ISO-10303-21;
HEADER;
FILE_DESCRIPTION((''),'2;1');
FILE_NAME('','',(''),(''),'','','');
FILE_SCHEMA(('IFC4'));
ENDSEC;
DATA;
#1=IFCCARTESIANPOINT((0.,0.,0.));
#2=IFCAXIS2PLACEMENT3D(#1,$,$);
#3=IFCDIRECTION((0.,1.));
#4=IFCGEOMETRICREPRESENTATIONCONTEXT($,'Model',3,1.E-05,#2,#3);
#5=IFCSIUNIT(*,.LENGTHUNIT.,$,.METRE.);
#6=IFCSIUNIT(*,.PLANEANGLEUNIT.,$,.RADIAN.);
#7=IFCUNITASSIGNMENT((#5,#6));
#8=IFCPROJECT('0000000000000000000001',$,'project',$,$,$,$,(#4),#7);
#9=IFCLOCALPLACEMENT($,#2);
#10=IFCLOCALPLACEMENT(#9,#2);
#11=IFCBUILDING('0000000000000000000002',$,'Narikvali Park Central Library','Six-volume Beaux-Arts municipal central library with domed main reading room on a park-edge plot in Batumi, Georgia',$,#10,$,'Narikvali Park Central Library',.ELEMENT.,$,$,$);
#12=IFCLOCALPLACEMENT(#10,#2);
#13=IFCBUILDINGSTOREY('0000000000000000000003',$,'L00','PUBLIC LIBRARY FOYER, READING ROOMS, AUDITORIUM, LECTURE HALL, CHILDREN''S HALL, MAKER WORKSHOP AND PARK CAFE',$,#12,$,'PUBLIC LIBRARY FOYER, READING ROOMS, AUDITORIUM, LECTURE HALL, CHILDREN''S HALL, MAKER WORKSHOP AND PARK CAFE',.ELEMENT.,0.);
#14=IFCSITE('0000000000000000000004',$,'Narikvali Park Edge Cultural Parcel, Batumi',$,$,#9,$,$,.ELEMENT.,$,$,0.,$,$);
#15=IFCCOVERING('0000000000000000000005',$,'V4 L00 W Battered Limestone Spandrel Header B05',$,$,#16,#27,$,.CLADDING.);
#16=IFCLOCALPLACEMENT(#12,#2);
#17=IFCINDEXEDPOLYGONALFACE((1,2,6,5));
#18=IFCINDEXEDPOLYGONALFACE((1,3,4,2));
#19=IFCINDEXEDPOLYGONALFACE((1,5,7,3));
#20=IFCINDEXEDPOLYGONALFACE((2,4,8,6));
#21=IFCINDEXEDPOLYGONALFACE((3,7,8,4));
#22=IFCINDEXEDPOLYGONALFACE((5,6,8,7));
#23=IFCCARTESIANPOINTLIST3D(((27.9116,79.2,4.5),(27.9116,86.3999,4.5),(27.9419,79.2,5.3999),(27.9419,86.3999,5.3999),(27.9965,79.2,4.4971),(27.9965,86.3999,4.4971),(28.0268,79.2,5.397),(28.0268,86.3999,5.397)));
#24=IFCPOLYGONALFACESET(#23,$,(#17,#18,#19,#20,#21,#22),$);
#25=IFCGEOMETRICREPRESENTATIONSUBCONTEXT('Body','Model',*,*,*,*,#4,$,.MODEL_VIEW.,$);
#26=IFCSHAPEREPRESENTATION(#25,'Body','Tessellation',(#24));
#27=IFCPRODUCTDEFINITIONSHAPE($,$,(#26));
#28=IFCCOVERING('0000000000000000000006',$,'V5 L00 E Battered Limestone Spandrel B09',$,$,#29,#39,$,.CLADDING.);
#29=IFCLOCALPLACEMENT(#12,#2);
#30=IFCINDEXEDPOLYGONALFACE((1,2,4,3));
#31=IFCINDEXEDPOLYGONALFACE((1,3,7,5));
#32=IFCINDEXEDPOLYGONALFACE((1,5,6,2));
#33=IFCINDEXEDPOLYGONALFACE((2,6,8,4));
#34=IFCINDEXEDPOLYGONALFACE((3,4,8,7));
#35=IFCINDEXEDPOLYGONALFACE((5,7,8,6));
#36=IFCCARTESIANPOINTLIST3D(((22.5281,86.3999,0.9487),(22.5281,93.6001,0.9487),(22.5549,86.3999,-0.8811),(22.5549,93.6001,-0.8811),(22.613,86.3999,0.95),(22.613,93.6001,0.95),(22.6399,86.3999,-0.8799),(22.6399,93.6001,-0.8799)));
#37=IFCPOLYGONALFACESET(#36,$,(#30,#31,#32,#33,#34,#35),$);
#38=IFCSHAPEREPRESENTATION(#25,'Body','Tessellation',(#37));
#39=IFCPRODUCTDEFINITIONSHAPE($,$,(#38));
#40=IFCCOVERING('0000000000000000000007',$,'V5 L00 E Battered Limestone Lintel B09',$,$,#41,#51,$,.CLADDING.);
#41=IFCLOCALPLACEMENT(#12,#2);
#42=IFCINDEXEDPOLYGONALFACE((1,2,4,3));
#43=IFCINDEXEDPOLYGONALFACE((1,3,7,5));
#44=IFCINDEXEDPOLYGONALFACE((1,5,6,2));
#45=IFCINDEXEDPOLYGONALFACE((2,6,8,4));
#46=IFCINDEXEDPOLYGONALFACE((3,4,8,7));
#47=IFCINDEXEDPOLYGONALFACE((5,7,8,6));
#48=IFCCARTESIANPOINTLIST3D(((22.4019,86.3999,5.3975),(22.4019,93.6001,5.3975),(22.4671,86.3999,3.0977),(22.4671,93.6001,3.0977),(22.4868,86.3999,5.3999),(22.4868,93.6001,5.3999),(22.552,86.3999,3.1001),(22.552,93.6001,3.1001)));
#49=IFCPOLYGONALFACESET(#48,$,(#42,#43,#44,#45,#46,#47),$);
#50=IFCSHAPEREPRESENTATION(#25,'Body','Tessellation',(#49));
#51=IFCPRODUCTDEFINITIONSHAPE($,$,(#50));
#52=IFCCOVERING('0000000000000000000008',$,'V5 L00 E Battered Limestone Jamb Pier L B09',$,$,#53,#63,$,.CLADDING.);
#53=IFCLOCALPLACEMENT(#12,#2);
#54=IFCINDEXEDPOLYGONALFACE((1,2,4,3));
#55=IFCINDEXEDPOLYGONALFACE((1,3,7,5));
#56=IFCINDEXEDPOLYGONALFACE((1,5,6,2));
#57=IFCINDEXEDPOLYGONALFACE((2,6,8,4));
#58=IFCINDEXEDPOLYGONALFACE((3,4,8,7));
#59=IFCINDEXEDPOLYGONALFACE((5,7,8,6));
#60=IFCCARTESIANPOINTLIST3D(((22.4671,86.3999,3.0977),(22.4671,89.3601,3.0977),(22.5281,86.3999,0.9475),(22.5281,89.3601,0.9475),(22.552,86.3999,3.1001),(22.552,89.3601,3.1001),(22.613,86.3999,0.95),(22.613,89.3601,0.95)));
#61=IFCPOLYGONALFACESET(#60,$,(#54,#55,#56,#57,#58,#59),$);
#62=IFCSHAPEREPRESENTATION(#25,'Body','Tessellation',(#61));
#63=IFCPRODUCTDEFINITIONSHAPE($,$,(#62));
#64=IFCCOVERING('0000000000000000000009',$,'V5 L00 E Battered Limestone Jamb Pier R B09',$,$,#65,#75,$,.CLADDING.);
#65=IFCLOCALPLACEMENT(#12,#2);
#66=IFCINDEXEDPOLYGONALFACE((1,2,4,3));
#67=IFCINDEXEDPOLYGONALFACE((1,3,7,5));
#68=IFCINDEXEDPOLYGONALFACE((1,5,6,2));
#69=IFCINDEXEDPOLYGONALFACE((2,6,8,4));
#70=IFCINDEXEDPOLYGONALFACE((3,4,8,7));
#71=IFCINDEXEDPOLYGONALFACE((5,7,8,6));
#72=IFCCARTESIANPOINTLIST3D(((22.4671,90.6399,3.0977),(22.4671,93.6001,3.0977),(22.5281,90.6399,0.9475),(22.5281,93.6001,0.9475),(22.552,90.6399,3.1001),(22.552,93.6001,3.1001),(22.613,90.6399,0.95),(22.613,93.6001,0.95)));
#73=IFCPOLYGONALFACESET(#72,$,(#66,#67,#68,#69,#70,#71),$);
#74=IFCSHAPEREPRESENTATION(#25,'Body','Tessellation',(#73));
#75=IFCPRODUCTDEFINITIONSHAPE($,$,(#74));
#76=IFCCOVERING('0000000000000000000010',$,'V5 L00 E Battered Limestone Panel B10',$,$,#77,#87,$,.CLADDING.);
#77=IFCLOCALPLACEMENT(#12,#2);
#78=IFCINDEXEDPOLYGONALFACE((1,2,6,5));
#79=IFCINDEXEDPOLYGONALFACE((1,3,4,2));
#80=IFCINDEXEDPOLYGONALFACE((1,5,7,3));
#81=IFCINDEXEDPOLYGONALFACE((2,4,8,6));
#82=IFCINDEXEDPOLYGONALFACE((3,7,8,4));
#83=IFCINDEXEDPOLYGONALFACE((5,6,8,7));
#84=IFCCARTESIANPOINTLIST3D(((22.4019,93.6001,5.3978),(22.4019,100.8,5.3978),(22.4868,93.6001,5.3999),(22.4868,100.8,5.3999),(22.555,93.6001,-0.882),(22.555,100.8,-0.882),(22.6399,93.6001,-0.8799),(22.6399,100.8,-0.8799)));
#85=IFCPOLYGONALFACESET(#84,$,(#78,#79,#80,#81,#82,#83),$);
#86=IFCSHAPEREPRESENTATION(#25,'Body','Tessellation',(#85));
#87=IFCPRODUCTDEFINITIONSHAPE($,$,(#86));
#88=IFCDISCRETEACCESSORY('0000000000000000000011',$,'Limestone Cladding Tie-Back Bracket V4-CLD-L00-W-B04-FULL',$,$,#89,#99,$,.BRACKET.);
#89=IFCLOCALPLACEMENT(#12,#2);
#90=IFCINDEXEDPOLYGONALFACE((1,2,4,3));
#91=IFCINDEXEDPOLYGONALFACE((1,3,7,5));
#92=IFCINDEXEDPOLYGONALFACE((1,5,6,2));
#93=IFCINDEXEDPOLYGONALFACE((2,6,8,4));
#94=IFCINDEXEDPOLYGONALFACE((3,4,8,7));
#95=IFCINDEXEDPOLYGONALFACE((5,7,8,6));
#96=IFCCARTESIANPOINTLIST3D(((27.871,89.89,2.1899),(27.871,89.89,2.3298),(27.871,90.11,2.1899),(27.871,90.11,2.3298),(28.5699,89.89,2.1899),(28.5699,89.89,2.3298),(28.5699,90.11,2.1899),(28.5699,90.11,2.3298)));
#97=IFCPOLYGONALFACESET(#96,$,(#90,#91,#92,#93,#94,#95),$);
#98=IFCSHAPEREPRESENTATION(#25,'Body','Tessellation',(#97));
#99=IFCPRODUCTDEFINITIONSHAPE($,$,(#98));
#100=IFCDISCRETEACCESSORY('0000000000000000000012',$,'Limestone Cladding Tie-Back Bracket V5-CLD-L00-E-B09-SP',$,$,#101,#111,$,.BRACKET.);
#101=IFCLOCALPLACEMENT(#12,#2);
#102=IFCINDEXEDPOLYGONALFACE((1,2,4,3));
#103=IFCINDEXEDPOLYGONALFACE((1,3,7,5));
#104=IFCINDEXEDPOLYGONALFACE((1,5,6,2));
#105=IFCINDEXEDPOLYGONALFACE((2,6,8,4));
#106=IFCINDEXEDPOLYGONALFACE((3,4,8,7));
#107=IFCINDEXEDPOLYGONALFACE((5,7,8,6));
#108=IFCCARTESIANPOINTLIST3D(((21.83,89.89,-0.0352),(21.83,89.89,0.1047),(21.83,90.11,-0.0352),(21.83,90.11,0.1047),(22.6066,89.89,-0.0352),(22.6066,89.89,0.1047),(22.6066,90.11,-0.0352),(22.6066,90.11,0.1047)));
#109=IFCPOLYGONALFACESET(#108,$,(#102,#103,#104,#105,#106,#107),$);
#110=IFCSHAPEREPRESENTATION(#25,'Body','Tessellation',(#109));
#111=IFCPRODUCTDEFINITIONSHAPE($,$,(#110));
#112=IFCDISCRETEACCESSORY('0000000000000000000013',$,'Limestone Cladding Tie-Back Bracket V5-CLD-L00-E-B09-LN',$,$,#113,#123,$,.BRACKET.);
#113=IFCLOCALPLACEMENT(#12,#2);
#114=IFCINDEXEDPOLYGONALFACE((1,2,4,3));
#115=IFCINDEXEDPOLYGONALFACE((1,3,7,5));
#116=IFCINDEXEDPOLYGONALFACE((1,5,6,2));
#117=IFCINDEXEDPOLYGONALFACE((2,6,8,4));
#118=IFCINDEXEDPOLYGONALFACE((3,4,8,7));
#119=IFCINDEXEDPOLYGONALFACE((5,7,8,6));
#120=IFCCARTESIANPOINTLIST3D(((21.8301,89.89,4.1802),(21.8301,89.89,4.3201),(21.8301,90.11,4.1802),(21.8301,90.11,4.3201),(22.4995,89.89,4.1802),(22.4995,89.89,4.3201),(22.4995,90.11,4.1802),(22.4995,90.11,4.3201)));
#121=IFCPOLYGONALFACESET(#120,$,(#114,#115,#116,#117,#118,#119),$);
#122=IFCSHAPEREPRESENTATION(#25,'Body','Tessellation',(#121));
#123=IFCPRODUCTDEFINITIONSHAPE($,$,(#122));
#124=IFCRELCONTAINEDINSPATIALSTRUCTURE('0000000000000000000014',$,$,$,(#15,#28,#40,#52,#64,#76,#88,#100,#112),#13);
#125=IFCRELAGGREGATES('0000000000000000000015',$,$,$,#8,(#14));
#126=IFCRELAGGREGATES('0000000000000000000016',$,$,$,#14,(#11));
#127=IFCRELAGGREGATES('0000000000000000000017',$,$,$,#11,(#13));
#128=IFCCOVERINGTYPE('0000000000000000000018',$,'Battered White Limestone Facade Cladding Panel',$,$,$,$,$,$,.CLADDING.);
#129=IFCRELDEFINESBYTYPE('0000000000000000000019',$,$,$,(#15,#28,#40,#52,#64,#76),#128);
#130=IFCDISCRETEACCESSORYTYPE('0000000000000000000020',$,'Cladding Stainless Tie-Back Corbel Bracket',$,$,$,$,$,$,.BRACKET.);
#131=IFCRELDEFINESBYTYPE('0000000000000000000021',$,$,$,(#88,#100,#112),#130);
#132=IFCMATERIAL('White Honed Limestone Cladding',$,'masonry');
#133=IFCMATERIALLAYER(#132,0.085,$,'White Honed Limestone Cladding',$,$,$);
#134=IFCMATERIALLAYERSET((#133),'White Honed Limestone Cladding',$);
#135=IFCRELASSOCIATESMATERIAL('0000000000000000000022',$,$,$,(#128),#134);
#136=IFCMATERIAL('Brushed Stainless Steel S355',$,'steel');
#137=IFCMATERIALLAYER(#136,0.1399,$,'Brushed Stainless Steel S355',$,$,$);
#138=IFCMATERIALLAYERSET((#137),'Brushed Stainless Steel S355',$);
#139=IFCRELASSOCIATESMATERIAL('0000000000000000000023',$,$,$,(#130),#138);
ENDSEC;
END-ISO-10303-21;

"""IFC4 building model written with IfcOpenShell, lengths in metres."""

from ifc_helpers import new_model, si_unit, direction, frame, origin, origin_2d, place, context, subcontext, project, spatial, polyline, rectangle, outline, extrude, material, layer, layer_set, type_object, element, save


model = new_model("IFC4")

# Units and contexts
model_context = context("Model", 3, precision=1e-05, world=origin(), true_north=direction((0.0, 1.0)))
body_context = subcontext(model_context, "Body", "Model", "MODEL_VIEW")
ifc_project = project(units=[si_unit("LENGTHUNIT", "METRE"), si_unit("PLANEANGLEUNIT", "RADIAN")], contexts=[model_context])

# Site, building, storey
site_placement = place(None, origin())
site = spatial("IfcSite", under=ifc_project, at=site_placement, Name="Narikvali Park Edge Cultural Parcel, Batumi", CompositionType="ELEMENT", RefElevation=0.0)
building_placement = place(site_placement, origin())
building = spatial("IfcBuilding", under=site, at=building_placement, Name="Narikvali Park Central Library", Description="Six-volume Beaux-Arts municipal central library with domed main reading room on a park-edge plot in Batumi, Georgia", LongName="Narikvali Park Central Library", CompositionType="ELEMENT")
storey_placement = place(building_placement, origin())
storey = spatial("IfcBuildingStorey", under=building, at=storey_placement, Name="L00", Description="PUBLIC LIBRARY FOYER, READING ROOMS, AUDITORIUM, LECTURE HALL, CHILDREN'S HALL, MAKER WORKSHOP AND PARK CAFE", LongName="PUBLIC LIBRARY FOYER, READING ROOMS, AUDITORIUM, LECTURE HALL, CHILDREN'S HALL, MAKER WORKSHOP AND PARK CAFE", CompositionType="ELEMENT", Elevation=0.0)

# Coverings
ifc_material_1 = material(Name="White Honed Limestone Cladding", Category="masonry")
ifc_layer_1 = layer(ifc_material_1, 0.085, Name="White Honed Limestone Cladding")
ifc_layer_set_1 = layer_set([ifc_layer_1], Name="White Honed Limestone Cladding")
covering_type = type_object("IfcCoveringType", Name="Battered White Limestone Facade Cladding Panel", PredefinedType="CLADDING", material=ifc_layer_set_1)
covering_1_placement = place(storey_placement, frame((27.9116, 86.3999, 4.5), z_axis=(-0.999435, 0.0, 0.033622), x_axis=(0.0, -1.0, 0.0)))
element("IfcCovering", 1, at=covering_1_placement, inside=storey, type_object=covering_type, Name="V4 L00 W Battered Limestone Spandrel Header B05", PredefinedType="CLADDING", context=body_context, shape_type="SweptSolid", body=[
    extrude(outline(polyline([(0.0, 0.0), (7.2, 0.0), (7.2, 0.9004), (0.0, 0.9004), (0.0, 0.0)])), origin(), (0.0, 0.0, -1.0), 0.085),
])
covering_2_placement = place(storey_placement, frame((22.6399, 86.3999, -0.8799), z_axis=(0.999892, 0.0, 0.014675), x_axis=(0.0, 1.0, 0.0)))
element("IfcCovering", 2, at=covering_2_placement, inside=storey, type_object=covering_type, Name="V5 L00 E Battered Limestone Spandrel B09", PredefinedType="CLADDING", context=body_context, shape_type="SweptSolid", body=[
    extrude(outline(polyline([(0.0, 0.0), (7.2002, 0.0), (7.2002, 1.83), (0.0, 1.83), (0.0, 0.0)])), origin(), (0.0, 0.0, -1.0), 0.085),
])
covering_3_placement = place(storey_placement, frame((22.552, 86.3999, 3.1001), z_axis=(0.999599, 0.0, 0.028333), x_axis=(0.0, 1.0, 0.0)))
element("IfcCovering", 3, at=covering_3_placement, inside=storey, type_object=covering_type, Name="V5 L00 E Battered Limestone Lintel B09", PredefinedType="CLADDING", context=body_context, shape_type="SweptSolid", body=[
    extrude(outline(polyline([(0.0, 0.0), (7.2002, 0.0), (7.2002, 2.3007), (0.0, 2.3007), (0.0, 0.0)])), origin(), (0.0, 0.0, -1.0), 0.085),
])
for number, where, z_axis, x_axis, name in (
    (4, (22.613, 86.3999, 0.95), (0.999597, 0.0, 0.028375), (0.0, 1.0, 0.0), "V5 L00 E Battered Limestone Jamb Pier L B09"),
    (5, (22.613, 90.6399, 0.95), (0.999597, 0.0, 0.028375), (0.0, 1.0, 0.0), "V5 L00 E Battered Limestone Jamb Pier R B09"),
):
    element("IfcCovering", number, at=place(storey_placement, frame(where, z_axis=z_axis, x_axis=x_axis)), inside=storey, type_object=covering_type, Name=name, PredefinedType="CLADDING", context=body_context, shape_type="SweptSolid", body=[
        extrude(outline(polyline([(0.0, 0.0), (2.9602, 0.0), (2.9602, 2.151), (0.0, 2.151), (0.0, 0.0)])), origin(), (0.0, 0.0, -1.0), 0.085),
    ])
covering_4_placement = place(storey_placement, frame((22.6399, 93.6001, -0.8799), z_axis=(0.999703, 0.0, 0.024369), x_axis=(0.0, 1.0, 0.0)))
element("IfcCovering", 6, at=covering_4_placement, inside=storey, type_object=covering_type, Name="V5 L00 E Battered Limestone Panel B10", PredefinedType="CLADDING", context=body_context, shape_type="SweptSolid", body=[
    extrude(outline(polyline([(0.0, 0.0), (7.2, 0.0), (7.2, 6.2817), (0.0, 6.2817), (0.0, 0.0)])), origin(), (0.0, 0.0, -1.0), 0.085),
])

# Discrete accessories
ifc_material_2 = material(Name="Brushed Stainless Steel S355", Category="steel")
ifc_layer_2 = layer(ifc_material_2, 0.1399, Name="Brushed Stainless Steel S355")
ifc_layer_set_2 = layer_set([ifc_layer_2], Name="Brushed Stainless Steel S355")
discrete_accessory_type = type_object("IfcDiscreteAccessoryType", Name="Cladding Stainless Tie-Back Corbel Bracket", PredefinedType="BRACKET", material=ifc_layer_set_2)
discrete_accessory_1_placement = place(storey_placement, frame((28.2205, 90.0, 2.1899), z_axis=(0.0, 0.0, 1.0), x_axis=(1.0, 0.0, 0.0)))
element("IfcDiscreteAccessory", 7, at=discrete_accessory_1_placement, inside=storey, type_object=discrete_accessory_type, Name="Limestone Cladding Tie-Back Bracket V4-CLD-L00-W-B04-FULL", PredefinedType="BRACKET", context=body_context, shape_type="SweptSolid", body=[
    extrude(rectangle(XDim=0.699, YDim=0.22, at=origin_2d()), origin(), (0.0, 0.0, 1.0), 0.1399),
])
discrete_accessory_2_placement = place(storey_placement, frame((22.2183, 90.0, -0.0352), z_axis=(0.0, 0.0, 1.0), x_axis=(1.0, 0.0, 0.0)))
element("IfcDiscreteAccessory", 8, at=discrete_accessory_2_placement, inside=storey, type_object=discrete_accessory_type, Name="Limestone Cladding Tie-Back Bracket V5-CLD-L00-E-B09-SP", PredefinedType="BRACKET", context=body_context, shape_type="SweptSolid", body=[
    extrude(rectangle(XDim=0.7766, YDim=0.22, at=origin_2d()), origin(), (0.0, 0.0, 1.0), 0.1399),
])
discrete_accessory_3_placement = place(storey_placement, frame((22.1648, 90.0, 4.1802), z_axis=(0.0, 0.0, 1.0), x_axis=(1.0, 0.0, 0.0)))
element("IfcDiscreteAccessory", 9, at=discrete_accessory_3_placement, inside=storey, type_object=discrete_accessory_type, Name="Limestone Cladding Tie-Back Bracket V5-CLD-L00-E-B09-LN", PredefinedType="BRACKET", context=body_context, shape_type="SweptSolid", body=[
    extrude(rectangle(XDim=0.6694, YDim=0.22, at=origin_2d()), origin(), (0.0, 0.0, 1.0), 0.1399),
])

save(model, "model.ifc")
